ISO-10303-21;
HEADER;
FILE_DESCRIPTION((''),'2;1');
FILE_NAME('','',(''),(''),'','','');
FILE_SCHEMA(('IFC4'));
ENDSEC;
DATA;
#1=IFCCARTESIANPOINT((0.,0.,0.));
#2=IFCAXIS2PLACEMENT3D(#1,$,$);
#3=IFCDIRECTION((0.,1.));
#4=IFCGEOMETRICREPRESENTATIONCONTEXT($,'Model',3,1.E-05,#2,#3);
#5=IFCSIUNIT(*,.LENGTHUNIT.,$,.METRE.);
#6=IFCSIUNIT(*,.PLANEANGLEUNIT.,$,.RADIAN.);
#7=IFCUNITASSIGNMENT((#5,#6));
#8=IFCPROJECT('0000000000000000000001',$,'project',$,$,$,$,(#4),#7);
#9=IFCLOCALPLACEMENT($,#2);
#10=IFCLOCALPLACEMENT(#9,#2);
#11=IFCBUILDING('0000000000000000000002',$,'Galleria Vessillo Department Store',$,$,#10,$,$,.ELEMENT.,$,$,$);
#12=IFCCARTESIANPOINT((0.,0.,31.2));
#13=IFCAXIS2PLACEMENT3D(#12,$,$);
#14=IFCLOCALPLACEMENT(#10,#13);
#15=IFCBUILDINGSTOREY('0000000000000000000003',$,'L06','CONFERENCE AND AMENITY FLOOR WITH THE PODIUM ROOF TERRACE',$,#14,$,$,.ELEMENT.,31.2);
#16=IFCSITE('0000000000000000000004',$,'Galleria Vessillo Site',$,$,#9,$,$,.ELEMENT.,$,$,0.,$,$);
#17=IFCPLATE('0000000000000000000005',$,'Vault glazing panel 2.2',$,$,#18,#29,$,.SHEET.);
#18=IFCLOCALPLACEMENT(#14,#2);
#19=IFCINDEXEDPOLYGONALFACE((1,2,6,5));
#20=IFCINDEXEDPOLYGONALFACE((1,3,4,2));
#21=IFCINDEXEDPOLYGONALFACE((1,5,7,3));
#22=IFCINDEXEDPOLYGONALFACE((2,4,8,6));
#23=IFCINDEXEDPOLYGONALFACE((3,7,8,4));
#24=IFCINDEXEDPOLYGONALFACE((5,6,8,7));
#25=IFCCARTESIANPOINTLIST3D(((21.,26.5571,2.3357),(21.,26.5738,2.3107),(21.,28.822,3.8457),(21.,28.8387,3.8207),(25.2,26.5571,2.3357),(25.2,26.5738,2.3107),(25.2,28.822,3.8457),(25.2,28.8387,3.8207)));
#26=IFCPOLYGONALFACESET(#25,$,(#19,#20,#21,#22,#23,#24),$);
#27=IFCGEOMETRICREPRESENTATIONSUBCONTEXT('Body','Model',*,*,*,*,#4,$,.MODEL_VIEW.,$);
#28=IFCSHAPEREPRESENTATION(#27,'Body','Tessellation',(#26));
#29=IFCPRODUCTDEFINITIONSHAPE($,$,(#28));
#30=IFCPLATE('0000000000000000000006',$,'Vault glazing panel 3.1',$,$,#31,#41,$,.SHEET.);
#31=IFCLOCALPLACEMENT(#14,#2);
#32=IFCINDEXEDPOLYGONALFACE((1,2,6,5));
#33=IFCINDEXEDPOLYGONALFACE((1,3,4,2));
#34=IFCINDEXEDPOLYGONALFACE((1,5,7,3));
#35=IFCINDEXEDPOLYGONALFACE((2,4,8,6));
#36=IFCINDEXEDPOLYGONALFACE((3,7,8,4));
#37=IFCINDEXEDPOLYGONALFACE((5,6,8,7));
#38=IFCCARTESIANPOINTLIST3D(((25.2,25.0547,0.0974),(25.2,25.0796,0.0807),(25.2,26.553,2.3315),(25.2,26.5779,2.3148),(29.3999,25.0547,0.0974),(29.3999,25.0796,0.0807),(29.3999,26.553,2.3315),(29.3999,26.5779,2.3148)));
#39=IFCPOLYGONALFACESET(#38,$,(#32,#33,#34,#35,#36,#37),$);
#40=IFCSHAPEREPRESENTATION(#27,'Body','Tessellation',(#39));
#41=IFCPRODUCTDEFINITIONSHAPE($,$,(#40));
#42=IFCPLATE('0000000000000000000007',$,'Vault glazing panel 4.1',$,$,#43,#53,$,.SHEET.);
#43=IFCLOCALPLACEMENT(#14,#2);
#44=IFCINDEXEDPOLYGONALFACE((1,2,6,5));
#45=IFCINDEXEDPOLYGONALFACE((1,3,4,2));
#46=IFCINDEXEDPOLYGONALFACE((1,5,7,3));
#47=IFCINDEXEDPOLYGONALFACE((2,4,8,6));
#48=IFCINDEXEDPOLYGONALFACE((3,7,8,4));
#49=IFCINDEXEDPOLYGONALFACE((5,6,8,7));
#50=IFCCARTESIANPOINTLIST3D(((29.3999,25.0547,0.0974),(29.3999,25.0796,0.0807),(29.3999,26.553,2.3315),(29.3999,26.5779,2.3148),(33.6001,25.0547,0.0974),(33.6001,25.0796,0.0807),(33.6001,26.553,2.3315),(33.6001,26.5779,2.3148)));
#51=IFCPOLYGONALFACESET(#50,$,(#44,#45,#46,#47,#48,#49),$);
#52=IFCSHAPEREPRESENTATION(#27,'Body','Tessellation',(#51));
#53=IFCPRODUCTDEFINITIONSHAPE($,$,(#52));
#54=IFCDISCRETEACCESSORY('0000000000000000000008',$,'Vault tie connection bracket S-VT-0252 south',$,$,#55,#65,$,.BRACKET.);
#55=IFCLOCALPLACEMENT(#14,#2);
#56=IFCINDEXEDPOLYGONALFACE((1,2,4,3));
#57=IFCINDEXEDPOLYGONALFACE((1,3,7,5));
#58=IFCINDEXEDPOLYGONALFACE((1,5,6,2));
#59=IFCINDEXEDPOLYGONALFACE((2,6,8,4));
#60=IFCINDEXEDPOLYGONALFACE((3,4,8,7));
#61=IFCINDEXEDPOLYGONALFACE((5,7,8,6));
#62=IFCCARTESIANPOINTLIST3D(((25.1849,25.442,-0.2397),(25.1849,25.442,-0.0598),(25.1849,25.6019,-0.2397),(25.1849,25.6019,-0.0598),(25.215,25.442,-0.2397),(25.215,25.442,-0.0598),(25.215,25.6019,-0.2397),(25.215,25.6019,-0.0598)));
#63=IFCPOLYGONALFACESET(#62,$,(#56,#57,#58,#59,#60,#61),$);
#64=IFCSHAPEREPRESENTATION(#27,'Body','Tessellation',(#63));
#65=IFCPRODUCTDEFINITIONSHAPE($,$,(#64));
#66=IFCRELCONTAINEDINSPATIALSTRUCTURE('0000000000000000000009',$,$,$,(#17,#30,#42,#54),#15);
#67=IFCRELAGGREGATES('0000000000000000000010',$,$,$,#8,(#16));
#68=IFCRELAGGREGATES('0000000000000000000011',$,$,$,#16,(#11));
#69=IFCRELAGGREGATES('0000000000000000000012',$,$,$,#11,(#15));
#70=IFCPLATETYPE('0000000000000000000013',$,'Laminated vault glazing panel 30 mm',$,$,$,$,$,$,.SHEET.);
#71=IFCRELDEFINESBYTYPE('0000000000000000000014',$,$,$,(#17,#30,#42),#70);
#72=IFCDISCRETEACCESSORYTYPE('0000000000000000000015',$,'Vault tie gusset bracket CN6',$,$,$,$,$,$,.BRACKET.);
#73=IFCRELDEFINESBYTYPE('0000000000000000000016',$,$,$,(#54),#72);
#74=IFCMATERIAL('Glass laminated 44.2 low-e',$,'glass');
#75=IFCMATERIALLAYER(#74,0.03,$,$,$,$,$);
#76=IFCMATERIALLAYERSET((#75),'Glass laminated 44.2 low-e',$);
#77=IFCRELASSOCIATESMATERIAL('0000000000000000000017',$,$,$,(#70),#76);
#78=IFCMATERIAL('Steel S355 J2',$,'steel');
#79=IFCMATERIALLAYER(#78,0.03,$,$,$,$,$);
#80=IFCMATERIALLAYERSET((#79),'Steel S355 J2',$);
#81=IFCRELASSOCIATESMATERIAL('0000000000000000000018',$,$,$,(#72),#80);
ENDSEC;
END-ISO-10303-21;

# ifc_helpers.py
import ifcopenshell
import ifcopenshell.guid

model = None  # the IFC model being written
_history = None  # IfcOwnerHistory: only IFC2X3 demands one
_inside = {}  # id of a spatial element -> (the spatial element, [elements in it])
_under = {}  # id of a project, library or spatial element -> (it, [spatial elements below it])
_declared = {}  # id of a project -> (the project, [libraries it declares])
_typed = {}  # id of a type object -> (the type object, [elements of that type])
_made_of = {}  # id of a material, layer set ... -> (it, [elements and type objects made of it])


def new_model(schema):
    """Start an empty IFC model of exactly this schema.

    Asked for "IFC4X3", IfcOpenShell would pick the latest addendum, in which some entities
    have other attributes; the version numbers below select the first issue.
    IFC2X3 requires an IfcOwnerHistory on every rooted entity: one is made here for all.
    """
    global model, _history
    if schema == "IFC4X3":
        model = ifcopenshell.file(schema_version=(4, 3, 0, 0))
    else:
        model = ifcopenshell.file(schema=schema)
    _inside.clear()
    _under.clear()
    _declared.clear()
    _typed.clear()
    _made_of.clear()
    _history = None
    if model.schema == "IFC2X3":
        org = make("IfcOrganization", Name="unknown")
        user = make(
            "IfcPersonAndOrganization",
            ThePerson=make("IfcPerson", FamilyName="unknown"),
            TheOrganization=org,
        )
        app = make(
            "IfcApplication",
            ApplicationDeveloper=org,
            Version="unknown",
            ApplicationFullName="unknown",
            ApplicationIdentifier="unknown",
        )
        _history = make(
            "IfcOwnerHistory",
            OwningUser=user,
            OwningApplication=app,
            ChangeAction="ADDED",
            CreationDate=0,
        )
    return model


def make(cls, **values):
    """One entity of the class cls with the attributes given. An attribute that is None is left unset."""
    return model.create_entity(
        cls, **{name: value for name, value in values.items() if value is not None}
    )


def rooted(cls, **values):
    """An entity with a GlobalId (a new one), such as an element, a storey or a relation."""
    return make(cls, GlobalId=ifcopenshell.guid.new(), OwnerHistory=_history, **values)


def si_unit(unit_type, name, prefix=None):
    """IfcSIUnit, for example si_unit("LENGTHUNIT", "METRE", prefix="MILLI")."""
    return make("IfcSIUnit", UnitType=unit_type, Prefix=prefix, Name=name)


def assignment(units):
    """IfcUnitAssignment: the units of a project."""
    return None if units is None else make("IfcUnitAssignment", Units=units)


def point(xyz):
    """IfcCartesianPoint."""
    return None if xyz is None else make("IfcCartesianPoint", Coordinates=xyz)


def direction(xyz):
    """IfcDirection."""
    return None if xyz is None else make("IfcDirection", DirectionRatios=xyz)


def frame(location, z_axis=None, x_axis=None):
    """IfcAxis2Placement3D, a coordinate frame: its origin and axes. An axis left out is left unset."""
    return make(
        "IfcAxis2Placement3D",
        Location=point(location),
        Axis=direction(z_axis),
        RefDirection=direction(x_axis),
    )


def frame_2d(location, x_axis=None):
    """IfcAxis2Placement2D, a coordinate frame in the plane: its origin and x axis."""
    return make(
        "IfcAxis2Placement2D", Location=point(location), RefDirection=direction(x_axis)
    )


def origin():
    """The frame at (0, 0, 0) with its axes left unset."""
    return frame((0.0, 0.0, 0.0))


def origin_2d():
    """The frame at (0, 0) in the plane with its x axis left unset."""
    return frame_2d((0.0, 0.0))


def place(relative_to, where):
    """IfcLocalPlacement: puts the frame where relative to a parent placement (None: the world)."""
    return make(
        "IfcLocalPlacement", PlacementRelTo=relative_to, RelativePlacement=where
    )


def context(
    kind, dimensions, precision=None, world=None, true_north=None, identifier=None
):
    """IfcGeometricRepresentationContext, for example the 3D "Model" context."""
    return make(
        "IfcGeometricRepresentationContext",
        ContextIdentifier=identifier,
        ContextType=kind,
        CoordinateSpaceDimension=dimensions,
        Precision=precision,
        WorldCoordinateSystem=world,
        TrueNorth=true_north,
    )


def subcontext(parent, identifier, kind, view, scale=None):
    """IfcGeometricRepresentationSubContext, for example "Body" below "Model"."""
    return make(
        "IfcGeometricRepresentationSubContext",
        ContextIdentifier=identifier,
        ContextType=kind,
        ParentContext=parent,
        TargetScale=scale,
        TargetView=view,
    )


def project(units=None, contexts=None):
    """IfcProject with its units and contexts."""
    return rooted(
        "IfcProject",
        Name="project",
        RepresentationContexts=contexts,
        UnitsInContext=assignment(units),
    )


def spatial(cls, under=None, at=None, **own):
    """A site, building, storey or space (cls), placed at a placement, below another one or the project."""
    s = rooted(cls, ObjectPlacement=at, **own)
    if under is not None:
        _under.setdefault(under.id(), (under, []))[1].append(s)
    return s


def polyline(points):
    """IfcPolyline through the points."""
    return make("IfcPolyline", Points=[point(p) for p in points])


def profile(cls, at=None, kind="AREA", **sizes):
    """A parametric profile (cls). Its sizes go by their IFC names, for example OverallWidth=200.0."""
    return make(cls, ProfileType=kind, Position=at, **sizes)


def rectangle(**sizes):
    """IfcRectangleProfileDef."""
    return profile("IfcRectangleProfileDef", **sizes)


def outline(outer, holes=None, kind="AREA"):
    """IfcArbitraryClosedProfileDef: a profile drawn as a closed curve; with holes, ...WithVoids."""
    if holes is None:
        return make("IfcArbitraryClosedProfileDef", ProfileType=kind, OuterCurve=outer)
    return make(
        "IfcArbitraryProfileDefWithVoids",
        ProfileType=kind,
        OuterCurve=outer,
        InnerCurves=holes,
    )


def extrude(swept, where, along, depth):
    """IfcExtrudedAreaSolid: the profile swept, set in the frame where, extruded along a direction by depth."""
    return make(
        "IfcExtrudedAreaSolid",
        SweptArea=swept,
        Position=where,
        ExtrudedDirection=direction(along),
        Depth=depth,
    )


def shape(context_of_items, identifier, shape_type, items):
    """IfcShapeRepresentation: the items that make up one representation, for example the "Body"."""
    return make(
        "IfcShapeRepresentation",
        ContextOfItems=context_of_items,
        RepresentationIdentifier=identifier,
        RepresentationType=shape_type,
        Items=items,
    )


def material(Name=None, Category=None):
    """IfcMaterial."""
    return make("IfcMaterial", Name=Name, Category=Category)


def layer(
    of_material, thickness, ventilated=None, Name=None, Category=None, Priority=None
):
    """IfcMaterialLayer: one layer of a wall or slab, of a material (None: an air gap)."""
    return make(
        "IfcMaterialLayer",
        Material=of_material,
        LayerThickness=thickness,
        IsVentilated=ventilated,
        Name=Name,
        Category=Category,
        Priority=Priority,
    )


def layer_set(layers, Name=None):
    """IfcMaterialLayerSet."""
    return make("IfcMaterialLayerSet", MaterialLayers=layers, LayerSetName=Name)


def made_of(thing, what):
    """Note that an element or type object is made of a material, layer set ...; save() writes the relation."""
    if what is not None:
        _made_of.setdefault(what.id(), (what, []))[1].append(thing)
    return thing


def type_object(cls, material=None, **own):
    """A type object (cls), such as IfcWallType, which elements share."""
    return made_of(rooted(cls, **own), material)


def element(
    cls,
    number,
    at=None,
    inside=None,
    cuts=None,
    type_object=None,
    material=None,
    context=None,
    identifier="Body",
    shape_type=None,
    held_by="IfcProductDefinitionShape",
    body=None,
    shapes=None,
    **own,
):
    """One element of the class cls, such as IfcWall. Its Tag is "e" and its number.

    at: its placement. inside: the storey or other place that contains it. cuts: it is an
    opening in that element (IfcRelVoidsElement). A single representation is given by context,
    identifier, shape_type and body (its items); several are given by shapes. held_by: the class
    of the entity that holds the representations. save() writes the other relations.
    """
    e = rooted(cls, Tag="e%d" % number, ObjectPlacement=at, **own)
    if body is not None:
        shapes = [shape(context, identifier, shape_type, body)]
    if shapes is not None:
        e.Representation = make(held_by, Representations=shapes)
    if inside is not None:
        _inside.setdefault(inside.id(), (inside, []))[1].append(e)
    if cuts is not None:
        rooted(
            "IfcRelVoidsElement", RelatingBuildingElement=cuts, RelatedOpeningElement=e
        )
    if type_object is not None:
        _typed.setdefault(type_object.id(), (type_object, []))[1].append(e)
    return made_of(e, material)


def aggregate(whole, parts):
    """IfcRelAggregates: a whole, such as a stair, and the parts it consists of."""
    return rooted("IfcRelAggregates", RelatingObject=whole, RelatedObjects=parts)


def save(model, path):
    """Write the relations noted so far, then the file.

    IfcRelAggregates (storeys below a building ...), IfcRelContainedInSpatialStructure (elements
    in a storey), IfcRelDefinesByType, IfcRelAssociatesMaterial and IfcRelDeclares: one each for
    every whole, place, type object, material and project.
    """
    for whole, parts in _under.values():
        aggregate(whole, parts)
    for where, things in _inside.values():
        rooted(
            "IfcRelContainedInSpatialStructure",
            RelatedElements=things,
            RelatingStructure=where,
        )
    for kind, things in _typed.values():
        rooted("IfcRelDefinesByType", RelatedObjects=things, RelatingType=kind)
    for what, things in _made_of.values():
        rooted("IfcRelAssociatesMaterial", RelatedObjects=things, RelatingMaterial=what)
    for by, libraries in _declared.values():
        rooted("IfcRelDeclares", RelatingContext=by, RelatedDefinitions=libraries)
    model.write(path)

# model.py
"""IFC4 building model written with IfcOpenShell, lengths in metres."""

from ifc_helpers import new_model, si_unit, direction, frame, origin, origin_2d, place, context, subcontext, project, spatial, polyline, rectangle, outline, extrude, material, layer, layer_set, type_object, element, save


model = new_model("IFC4")

# Units and contexts
model_context = context("Model", 3, precision=1e-05, world=origin(), true_north=direction((0.0, 1.0)))
body_context = subcontext(model_context, "Body", "Model", "MODEL_VIEW")
ifc_project = project(units=[si_unit("LENGTHUNIT", "METRE"), si_unit("PLANEANGLEUNIT", "RADIAN")], contexts=[model_context])

# Site, building, storey
site_placement = place(None, origin())
site = spatial("IfcSite", under=ifc_project, at=site_placement, Name="Galleria Vessillo Site", CompositionType="ELEMENT", RefElevation=0.0)
building_placement = place(site_placement, origin())
building = spatial("IfcBuilding", under=site, at=building_placement, Name="Galleria Vessillo Department Store", CompositionType="ELEMENT")
storey_placement = place(building_placement, frame((0.0, 0.0, 31.2)))
storey = spatial("IfcBuildingStorey", under=building, at=storey_placement, Name="L06", Description="CONFERENCE AND AMENITY FLOOR WITH THE PODIUM ROOF TERRACE", CompositionType="ELEMENT", Elevation=31.2)

# Plates
ifc_material_1 = material(Name="Glass laminated 44.2 low-e", Category="glass")
ifc_layer_1 = layer(ifc_material_1, 0.03)
ifc_layer_set_1 = layer_set([ifc_layer_1], Name="Glass laminated 44.2 low-e")
plate_type = type_object("IfcPlateType", Name="Laminated vault glazing panel 30 mm", PredefinedType="SHEET", material=ifc_layer_set_1)
plate_1_placement = place(storey_placement, frame((21.0, 26.5571, 2.3357), z_axis=(0.0, -0.554721, 0.832036), x_axis=(1.0, 0.0, 0.0)))
element("IfcPlate", 1, at=plate_1_placement, inside=storey, type_object=plate_type, Name="Vault glazing panel 2.2", PredefinedType="SHEET", context=body_context, shape_type="SweptSolid", body=[
    extrude(outline(polyline([(0.0, 0.0), (4.2, 0.0), (4.2, 2.7221), (0.0, 2.7221), (0.0, 0.0)])), origin(), (0.0, 0.0, -1.0), 0.03),
])
plate_2_placement = place(storey_placement, frame((25.2, 25.0547, 0.0974), z_axis=(0.0, -0.830525, 0.556981), x_axis=(1.0, 0.0, 0.0)))
element("IfcPlate", 2, at=plate_2_placement, inside=storey, type_object=plate_type, Name="Vault glazing panel 3.1", PredefinedType="SHEET", context=body_context, shape_type="SweptSolid", body=[
    extrude(outline(polyline([(0.0, 0.0), (4.2, 0.0), (4.2, 2.69), (0.0, 2.69), (0.0, 0.0)])), origin(), (0.0, 0.0, -1.0), 0.03),
])
plate_3_placement = place(storey_placement, frame((29.3999, 25.0547, 0.0974), z_axis=(0.0, -0.830525, 0.556981), x_axis=(1.0, 0.0, 0.0)))
element("IfcPlate", 3, at=plate_3_placement, inside=storey, type_object=plate_type, Name="Vault glazing panel 4.1", PredefinedType="SHEET", context=body_context, shape_type="SweptSolid", body=[
    extrude(outline(polyline([(0.0, 0.0), (4.2002, 0.0), (4.2002, 2.69), (0.0, 2.69), (0.0, 0.0)])), origin(), (0.0, 0.0, -1.0), 0.03),
])

# Discrete accessory
ifc_material_2 = material(Name="Steel S355 J2", Category="steel")
ifc_layer_2 = layer(ifc_material_2, 0.03)
ifc_layer_set_2 = layer_set([ifc_layer_2], Name="Steel S355 J2")
discrete_accessory_type = type_object("IfcDiscreteAccessoryType", Name="Vault tie gusset bracket CN6", PredefinedType="BRACKET", material=ifc_layer_set_2)
discrete_accessory_placement = place(storey_placement, frame((25.2, 25.522, -0.2397), z_axis=(0.0, 0.0, 1.0), x_axis=(1.0, 0.0, 0.0)))
element("IfcDiscreteAccessory", 4, at=discrete_accessory_placement, inside=storey, type_object=discrete_accessory_type, Name="Vault tie connection bracket S-VT-0252 south", PredefinedType="BRACKET", context=body_context, shape_type="SweptSolid", body=[
    extrude(rectangle(XDim=0.03, YDim=0.1599, at=origin_2d()), origin(), (0.0, 0.0, 1.0), 0.1799),
])

save(model, "model.ifc")
